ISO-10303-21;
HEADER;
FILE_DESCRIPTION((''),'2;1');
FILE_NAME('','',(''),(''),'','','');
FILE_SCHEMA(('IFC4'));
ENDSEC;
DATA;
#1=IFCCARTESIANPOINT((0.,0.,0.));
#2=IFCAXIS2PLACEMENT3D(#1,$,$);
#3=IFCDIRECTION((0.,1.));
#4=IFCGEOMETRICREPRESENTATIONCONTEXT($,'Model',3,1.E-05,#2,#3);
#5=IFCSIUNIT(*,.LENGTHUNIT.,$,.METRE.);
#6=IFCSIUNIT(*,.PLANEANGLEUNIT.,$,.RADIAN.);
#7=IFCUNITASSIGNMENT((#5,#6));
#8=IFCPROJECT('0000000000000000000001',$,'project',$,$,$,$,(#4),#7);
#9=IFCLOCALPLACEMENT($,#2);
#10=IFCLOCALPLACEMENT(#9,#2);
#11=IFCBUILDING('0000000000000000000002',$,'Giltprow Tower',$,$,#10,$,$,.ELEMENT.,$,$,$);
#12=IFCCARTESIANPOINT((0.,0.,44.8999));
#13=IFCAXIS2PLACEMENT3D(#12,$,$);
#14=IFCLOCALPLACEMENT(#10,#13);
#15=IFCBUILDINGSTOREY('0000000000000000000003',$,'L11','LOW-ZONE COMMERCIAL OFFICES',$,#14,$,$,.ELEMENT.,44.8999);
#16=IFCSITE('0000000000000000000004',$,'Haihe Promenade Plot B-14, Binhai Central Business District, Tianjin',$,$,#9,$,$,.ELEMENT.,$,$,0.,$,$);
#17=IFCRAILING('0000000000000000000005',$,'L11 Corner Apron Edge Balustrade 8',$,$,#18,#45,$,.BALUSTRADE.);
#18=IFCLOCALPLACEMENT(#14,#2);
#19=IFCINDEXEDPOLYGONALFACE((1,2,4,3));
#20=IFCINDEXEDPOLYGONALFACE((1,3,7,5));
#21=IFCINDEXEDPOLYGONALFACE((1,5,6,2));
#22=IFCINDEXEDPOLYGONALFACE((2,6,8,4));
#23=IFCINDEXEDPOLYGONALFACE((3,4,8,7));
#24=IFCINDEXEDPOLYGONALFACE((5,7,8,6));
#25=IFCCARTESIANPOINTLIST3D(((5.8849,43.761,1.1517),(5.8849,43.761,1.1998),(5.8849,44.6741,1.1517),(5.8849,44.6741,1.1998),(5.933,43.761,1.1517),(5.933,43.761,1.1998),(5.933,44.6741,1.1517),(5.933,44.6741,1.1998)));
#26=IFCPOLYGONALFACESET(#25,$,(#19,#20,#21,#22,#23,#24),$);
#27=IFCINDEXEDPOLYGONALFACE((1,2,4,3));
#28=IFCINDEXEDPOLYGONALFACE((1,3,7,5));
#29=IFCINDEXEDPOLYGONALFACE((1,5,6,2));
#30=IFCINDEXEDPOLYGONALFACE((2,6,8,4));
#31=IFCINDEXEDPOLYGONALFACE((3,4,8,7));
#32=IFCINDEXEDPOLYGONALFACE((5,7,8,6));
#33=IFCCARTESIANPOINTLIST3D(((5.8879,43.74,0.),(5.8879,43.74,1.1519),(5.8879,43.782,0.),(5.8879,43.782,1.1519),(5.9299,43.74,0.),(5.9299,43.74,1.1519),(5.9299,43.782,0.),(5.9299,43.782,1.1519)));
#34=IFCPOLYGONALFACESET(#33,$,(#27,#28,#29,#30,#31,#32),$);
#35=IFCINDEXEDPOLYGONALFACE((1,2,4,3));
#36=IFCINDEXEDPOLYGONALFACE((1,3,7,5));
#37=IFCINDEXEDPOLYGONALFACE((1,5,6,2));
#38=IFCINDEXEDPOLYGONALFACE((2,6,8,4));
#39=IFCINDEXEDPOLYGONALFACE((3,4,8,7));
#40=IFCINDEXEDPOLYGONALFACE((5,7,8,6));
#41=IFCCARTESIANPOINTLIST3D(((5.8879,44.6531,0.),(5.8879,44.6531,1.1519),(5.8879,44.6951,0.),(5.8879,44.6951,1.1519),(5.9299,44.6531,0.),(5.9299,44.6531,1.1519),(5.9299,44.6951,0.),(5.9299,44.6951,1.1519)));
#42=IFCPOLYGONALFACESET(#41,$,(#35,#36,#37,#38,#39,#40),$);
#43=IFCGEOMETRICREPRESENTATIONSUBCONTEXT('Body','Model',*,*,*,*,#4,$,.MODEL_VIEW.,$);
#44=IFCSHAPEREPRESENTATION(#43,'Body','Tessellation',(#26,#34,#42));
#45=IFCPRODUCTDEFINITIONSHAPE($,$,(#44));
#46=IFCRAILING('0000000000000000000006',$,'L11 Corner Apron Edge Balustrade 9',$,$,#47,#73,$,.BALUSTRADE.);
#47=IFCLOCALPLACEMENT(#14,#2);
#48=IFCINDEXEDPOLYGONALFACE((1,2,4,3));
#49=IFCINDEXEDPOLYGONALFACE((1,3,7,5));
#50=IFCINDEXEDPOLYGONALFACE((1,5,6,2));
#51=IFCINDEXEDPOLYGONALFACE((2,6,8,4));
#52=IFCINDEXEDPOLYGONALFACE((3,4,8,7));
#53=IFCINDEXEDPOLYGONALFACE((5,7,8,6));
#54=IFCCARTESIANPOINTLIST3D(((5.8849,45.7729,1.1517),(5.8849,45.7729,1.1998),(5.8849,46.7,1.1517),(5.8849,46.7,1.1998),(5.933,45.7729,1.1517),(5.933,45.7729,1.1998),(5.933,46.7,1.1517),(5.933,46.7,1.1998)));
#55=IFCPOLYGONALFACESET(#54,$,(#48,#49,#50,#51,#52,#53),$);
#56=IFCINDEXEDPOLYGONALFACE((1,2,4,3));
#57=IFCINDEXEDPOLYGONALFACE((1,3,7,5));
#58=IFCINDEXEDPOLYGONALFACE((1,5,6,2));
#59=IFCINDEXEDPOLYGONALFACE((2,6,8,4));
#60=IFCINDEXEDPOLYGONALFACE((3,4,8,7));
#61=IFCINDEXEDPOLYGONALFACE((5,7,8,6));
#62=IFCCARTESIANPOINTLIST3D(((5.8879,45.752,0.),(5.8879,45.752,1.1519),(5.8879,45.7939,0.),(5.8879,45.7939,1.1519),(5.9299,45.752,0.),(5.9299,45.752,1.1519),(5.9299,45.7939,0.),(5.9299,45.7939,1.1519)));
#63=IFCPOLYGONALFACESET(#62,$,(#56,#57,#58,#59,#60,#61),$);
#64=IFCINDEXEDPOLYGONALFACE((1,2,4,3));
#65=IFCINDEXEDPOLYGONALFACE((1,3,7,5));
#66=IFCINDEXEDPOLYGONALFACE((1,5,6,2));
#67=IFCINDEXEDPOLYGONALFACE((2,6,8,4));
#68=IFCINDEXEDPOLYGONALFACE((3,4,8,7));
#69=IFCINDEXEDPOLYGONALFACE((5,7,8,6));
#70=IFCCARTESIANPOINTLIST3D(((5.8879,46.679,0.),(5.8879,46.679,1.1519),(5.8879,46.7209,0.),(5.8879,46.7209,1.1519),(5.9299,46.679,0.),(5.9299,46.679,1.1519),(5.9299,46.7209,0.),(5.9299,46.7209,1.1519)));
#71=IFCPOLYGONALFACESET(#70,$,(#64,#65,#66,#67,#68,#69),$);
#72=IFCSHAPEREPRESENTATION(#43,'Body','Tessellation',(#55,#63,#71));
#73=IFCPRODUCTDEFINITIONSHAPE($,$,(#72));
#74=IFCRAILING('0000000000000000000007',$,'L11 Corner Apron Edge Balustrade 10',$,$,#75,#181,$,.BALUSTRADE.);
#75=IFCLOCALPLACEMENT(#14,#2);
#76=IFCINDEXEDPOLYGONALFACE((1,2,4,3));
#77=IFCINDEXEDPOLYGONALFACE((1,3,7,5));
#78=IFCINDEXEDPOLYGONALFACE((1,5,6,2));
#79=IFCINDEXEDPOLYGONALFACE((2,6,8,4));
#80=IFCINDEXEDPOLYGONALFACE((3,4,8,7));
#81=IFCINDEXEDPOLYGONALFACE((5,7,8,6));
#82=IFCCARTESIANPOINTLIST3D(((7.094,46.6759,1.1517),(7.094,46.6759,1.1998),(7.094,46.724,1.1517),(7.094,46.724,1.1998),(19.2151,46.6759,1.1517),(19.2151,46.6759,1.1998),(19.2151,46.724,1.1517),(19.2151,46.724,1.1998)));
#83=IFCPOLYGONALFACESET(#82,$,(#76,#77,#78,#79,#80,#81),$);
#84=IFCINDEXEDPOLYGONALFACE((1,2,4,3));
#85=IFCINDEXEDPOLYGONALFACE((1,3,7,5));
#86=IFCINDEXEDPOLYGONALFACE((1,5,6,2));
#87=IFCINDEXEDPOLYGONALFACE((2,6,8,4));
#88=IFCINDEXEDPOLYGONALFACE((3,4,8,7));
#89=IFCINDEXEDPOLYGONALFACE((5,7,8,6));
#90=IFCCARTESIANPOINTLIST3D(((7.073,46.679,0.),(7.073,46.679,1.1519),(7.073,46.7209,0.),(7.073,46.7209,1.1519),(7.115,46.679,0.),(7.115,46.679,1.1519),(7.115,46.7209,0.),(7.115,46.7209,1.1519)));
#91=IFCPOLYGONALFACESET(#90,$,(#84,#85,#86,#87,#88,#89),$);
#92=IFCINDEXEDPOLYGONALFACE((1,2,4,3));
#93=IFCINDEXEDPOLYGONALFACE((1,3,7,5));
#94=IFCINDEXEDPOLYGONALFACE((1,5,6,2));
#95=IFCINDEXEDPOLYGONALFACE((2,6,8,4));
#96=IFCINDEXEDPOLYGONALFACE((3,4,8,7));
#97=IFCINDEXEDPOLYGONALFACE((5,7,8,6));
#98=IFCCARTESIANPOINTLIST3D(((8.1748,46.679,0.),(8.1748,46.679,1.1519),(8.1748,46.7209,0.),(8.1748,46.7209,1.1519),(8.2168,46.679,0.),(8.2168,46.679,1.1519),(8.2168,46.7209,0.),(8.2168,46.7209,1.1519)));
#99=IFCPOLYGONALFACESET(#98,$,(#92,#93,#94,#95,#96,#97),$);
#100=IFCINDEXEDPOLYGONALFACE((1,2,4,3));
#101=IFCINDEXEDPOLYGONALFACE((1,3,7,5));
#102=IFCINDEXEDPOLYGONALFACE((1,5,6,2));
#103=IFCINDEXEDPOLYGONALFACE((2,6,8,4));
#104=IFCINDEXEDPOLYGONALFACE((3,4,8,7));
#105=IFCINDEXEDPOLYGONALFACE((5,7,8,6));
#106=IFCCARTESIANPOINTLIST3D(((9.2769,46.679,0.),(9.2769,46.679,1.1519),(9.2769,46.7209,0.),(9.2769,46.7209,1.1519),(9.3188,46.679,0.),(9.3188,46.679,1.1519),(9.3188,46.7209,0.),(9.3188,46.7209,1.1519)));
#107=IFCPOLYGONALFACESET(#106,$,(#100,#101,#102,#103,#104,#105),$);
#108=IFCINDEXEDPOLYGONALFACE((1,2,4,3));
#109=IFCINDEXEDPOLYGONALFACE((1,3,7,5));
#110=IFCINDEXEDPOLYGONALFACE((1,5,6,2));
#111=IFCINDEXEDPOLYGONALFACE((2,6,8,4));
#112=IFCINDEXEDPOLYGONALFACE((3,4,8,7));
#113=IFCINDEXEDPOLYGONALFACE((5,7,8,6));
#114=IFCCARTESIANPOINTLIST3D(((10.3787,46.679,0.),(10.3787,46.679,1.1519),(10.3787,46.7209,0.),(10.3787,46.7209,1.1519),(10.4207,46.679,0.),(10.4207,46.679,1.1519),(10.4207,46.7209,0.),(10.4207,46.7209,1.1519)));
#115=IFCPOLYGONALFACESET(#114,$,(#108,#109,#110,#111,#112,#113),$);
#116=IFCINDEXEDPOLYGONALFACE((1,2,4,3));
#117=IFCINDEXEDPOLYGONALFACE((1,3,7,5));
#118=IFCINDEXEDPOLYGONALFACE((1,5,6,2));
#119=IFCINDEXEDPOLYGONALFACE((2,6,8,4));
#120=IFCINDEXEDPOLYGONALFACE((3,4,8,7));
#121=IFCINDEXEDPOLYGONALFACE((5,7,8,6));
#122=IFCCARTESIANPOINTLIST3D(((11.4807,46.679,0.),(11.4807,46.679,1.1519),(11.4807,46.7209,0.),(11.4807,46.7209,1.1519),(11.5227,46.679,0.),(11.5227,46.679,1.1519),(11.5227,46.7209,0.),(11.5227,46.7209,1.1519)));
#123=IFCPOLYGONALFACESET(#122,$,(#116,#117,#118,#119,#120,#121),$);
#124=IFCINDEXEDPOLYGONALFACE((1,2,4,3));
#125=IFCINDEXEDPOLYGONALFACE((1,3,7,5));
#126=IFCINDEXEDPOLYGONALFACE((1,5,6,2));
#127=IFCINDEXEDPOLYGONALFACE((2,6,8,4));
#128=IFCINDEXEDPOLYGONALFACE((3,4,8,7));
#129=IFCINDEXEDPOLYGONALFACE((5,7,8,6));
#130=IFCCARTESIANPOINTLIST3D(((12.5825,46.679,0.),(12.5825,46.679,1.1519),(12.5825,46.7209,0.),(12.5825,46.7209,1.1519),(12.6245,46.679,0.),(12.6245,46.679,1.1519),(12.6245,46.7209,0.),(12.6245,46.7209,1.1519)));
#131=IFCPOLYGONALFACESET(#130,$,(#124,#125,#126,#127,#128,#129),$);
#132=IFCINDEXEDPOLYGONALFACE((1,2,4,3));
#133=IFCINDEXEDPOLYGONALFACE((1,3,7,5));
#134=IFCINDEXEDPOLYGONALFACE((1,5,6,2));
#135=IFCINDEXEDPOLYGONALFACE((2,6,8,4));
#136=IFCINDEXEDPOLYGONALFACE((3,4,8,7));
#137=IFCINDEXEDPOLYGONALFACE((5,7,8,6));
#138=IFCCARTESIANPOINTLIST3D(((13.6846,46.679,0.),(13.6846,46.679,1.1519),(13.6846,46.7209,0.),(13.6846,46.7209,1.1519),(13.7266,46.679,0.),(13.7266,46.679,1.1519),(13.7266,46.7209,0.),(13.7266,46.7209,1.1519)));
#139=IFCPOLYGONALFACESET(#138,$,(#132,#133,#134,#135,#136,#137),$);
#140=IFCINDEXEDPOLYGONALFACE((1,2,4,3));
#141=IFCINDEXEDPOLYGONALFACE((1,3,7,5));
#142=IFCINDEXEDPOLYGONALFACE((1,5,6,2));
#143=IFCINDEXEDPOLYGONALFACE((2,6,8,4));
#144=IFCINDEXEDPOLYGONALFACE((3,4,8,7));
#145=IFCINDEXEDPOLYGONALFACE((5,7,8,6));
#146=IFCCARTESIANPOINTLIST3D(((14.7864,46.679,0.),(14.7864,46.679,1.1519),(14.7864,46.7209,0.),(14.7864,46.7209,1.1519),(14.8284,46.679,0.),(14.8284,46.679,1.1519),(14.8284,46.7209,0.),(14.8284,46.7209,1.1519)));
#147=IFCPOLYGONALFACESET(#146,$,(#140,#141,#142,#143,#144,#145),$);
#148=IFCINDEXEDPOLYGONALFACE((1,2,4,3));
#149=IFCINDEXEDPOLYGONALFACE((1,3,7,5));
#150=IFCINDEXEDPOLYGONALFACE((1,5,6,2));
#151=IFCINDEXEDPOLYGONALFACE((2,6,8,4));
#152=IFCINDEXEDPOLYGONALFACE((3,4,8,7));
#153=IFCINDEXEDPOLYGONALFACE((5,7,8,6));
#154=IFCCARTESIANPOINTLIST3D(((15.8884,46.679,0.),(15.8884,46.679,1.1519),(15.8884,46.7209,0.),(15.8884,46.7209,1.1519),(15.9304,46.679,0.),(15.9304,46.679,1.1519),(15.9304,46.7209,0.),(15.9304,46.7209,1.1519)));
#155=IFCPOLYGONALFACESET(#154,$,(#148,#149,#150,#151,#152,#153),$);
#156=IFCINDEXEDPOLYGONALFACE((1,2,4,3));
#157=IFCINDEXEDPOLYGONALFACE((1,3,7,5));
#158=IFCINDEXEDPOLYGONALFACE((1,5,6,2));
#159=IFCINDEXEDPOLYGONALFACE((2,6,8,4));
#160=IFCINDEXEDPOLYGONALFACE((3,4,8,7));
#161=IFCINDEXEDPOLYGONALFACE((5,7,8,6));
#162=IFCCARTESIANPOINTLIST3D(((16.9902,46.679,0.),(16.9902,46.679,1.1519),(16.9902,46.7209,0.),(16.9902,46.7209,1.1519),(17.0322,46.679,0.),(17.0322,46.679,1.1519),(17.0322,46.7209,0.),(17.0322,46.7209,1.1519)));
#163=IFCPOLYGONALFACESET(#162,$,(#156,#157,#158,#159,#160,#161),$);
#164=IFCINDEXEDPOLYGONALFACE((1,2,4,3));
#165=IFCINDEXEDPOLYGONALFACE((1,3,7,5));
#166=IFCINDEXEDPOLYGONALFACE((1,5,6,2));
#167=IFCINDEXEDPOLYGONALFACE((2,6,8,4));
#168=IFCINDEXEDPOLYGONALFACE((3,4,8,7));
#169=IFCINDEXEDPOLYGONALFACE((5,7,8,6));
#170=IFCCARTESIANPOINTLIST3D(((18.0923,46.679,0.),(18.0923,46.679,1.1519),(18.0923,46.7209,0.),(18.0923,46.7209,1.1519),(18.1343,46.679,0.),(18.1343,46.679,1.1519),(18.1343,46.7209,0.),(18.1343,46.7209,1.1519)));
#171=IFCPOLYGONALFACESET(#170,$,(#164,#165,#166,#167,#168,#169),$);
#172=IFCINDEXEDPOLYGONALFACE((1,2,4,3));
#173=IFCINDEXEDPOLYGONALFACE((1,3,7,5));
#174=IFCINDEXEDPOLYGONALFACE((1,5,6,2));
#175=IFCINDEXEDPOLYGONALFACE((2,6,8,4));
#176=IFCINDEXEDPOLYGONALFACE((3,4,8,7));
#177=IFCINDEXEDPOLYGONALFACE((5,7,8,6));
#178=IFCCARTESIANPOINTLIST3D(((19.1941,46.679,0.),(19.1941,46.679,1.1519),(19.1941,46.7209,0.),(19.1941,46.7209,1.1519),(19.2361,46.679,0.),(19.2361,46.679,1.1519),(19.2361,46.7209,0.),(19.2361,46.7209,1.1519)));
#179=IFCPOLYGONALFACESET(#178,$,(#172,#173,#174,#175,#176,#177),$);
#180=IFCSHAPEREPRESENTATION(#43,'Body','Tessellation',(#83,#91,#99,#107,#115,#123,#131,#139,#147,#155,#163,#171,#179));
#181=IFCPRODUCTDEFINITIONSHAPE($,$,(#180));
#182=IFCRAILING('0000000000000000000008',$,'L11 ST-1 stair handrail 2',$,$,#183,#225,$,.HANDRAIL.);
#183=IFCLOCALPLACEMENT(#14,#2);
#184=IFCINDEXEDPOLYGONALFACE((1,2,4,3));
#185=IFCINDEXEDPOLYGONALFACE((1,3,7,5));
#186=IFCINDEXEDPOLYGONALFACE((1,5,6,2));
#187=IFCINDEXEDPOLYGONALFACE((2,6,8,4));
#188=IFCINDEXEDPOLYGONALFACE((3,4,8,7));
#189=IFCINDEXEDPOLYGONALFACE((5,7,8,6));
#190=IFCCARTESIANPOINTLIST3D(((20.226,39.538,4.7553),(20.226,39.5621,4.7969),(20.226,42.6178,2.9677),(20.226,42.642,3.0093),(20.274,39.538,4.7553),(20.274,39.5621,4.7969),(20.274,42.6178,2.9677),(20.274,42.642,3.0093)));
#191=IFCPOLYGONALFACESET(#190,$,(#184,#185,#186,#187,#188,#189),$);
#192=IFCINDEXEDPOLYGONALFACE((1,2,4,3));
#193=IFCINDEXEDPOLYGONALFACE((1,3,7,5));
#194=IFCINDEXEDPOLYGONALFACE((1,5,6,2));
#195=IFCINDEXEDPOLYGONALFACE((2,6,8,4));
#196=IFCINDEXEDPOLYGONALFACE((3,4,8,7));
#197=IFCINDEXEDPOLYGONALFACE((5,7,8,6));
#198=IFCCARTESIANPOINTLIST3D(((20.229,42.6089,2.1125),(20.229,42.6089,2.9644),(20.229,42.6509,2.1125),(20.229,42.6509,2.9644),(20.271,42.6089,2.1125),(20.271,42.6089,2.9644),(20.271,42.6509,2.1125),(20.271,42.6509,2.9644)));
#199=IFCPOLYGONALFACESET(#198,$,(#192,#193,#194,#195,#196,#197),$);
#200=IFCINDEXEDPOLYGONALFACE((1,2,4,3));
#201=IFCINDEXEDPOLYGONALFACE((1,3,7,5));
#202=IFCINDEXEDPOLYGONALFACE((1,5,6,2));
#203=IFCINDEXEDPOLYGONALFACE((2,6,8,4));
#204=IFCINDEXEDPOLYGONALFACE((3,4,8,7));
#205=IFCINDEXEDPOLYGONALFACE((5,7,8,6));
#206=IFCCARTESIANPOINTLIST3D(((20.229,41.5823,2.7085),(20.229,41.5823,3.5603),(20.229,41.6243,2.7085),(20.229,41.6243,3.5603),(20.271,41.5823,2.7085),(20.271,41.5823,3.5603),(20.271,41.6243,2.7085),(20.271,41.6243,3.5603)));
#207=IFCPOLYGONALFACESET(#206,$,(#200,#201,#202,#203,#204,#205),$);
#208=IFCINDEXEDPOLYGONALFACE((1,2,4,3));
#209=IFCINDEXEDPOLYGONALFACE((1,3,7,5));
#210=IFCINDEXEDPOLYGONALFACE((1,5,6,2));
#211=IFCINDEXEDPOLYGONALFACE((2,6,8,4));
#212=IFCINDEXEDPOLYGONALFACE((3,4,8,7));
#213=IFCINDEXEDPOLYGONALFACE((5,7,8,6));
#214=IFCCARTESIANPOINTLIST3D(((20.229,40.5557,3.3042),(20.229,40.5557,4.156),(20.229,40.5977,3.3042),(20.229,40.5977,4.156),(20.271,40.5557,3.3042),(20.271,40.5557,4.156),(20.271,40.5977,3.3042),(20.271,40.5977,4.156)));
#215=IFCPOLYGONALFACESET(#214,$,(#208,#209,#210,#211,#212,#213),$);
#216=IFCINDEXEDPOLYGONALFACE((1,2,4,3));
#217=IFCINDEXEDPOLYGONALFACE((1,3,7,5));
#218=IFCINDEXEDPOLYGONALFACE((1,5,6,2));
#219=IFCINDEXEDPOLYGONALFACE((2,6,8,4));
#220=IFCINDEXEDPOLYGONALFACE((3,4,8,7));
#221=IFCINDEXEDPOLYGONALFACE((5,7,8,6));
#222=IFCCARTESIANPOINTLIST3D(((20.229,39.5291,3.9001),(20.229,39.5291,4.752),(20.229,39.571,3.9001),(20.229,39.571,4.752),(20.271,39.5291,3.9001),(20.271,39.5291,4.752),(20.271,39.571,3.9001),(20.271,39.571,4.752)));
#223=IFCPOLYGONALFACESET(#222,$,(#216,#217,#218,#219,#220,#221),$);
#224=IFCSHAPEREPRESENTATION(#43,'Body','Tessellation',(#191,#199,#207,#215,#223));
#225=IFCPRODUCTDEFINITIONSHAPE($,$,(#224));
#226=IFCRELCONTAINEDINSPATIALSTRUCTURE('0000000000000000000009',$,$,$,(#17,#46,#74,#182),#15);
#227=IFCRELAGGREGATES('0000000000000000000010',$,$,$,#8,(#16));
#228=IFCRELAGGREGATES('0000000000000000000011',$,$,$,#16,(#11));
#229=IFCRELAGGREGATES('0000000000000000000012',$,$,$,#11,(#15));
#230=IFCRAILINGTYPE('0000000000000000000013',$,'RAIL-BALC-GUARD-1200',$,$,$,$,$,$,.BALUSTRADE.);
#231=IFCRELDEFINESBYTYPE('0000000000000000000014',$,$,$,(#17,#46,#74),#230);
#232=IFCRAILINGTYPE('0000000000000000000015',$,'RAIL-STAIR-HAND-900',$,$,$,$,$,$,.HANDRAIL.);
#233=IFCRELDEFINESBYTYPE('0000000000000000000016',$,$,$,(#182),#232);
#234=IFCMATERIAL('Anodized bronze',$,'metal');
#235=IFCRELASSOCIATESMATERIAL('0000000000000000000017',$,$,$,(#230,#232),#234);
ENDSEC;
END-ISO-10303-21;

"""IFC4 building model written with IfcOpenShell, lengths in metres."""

from ifc_helpers import new_model, si_unit, direction, frame, origin, origin_2d, place, context, subcontext, project, spatial, rectangle, extrude, material, type_object, element, save


model = new_model("IFC4")

# Units and contexts
model_context = context("Model", 3, precision=1e-05, world=origin(), true_north=direction((0.0, 1.0)))
body_context = subcontext(model_context, "Body", "Model", "MODEL_VIEW")
ifc_project = project(units=[si_unit("LENGTHUNIT", "METRE"), si_unit("PLANEANGLEUNIT", "RADIAN")], contexts=[model_context])

# Site, building, storey
site_placement = place(None, origin())
site = spatial("IfcSite", under=ifc_project, at=site_placement, Name="Haihe Promenade Plot B-14, Binhai Central Business District, Tianjin", CompositionType="ELEMENT", RefElevation=0.0)
building_placement = place(site_placement, origin())
building = spatial("IfcBuilding", under=site, at=building_placement, Name="Giltprow Tower", CompositionType="ELEMENT")
storey_placement = place(building_placement, frame((0.0, 0.0, 44.8999)))
storey = spatial("IfcBuildingStorey", under=building, at=storey_placement, Name="L11", Description="LOW-ZONE COMMERCIAL OFFICES", CompositionType="ELEMENT", Elevation=44.8999)

# Railings
ifc_material_1 = material(Name="Anodized bronze", Category="metal")
railing_type_1 = type_object("IfcRailingType", Name="RAIL-BALC-GUARD-1200", PredefinedType="BALUSTRADE", material=ifc_material_1)
railing_1_placement = place(storey_placement, frame((5.9089, 43.761, 0.0)))
element("IfcRailing", 1, at=railing_1_placement, inside=storey, type_object=railing_type_1, Name="L11 Corner Apron Edge Balustrade 8", PredefinedType="BALUSTRADE", context=body_context, shape_type="SweptSolid", body=[
    extrude(rectangle(XDim=0.0481, YDim=0.0481, at=origin_2d()), frame((0.0, 0.0, 1.1758), z_axis=(0.0, 1.0, 0.0), x_axis=(-1.0, 0.0, 0.0)), (0.0, 0.0, 1.0), 0.9131),
    extrude(rectangle(XDim=0.042, YDim=0.042, at=origin_2d()), origin(), (0.0, 0.0, 1.0), 1.1519),
    extrude(rectangle(XDim=0.042, YDim=0.042, at=origin_2d()), frame((0.0, 0.9131, 0.0)), (0.0, 0.0, 1.0), 1.1519),
])
railing_2_placement = place(storey_placement, frame((5.9089, 45.7729, 0.0)))
element("IfcRailing", 2, at=railing_2_placement, inside=storey, type_object=railing_type_1, Name="L11 Corner Apron Edge Balustrade 9", PredefinedType="BALUSTRADE", context=body_context, shape_type="SweptSolid", body=[
    extrude(rectangle(XDim=0.0481, YDim=0.0481, at=origin_2d()), frame((0.0, 0.0, 1.1758), z_axis=(0.0, 1.0, 0.0), x_axis=(-1.0, 0.0, 0.0)), (0.0, 0.0, 1.0), 0.927),
    extrude(rectangle(XDim=0.042, YDim=0.042, at=origin_2d()), origin(), (0.0, 0.0, 1.0), 1.1519),
    extrude(rectangle(XDim=0.042, YDim=0.042, at=origin_2d()), frame((0.0, 0.927, 0.0)), (0.0, 0.0, 1.0), 1.1519),
])
railing_3_placement = place(storey_placement, frame((7.094, 46.7, 0.0)))
element("IfcRailing", 3, at=railing_3_placement, inside=storey, type_object=railing_type_1, Name="L11 Corner Apron Edge Balustrade 10", PredefinedType="BALUSTRADE", context=body_context, shape_type="SweptSolid", body=[
    extrude(rectangle(XDim=0.0481, YDim=0.0481, at=origin_2d()), frame((0.0, 0.0, 1.1758), z_axis=(1.0, 0.0, 0.0), x_axis=(0.0, 1.0, 0.0)), (0.0, 0.0, 1.0), 12.1211),
    extrude(rectangle(XDim=0.042, YDim=0.042, at=origin_2d()), origin(), (0.0, 0.0, 1.0), 1.1519),
    extrude(rectangle(XDim=0.042, YDim=0.042, at=origin_2d()), frame((1.1018, 0.0, 0.0)), (0.0, 0.0, 1.0), 1.1519),
    extrude(rectangle(XDim=0.042, YDim=0.042, at=origin_2d()), frame((2.2039, 0.0, 0.0)), (0.0, 0.0, 1.0), 1.1519),
    extrude(rectangle(XDim=0.042, YDim=0.042, at=origin_2d()), frame((3.3057, 0.0, 0.0)), (0.0, 0.0, 1.0), 1.1519),
    extrude(rectangle(XDim=0.042, YDim=0.042, at=origin_2d()), frame((4.4077, 0.0, 0.0)), (0.0, 0.0, 1.0), 1.1519),
    extrude(rectangle(XDim=0.042, YDim=0.042, at=origin_2d()), frame((5.5095, 0.0, 0.0)), (0.0, 0.0, 1.0), 1.1519),
    extrude(rectangle(XDim=0.042, YDim=0.042, at=origin_2d()), frame((6.6116, 0.0, 0.0)), (0.0, 0.0, 1.0), 1.1519),
    extrude(rectangle(XDim=0.042, YDim=0.042, at=origin_2d()), frame((7.7134, 0.0, 0.0)), (0.0, 0.0, 1.0), 1.1519),
    extrude(rectangle(XDim=0.042, YDim=0.042, at=origin_2d()), frame((8.8154, 0.0, 0.0)), (0.0, 0.0, 1.0), 1.1519),
    extrude(rectangle(XDim=0.042, YDim=0.042, at=origin_2d()), frame((9.9172, 0.0, 0.0)), (0.0, 0.0, 1.0), 1.1519),
    extrude(rectangle(XDim=0.042, YDim=0.042, at=origin_2d()), frame((11.0193, 0.0, 0.0)), (0.0, 0.0, 1.0), 1.1519),
    extrude(rectangle(XDim=0.042, YDim=0.042, at=origin_2d()), frame((12.1211, 0.0, 0.0)), (0.0, 0.0, 1.0), 1.1519),
])
railing_type_2 = type_object("IfcRailingType", Name="RAIL-STAIR-HAND-900", PredefinedType="HANDRAIL", material=ifc_material_1)
railing_4_placement = place(storey_placement, frame((20.25, 42.6299, 2.1125)))
element("IfcRailing", 4, at=railing_4_placement, inside=storey, type_object=railing_type_2, Name="L11 ST-1 stair handrail 2", PredefinedType="HANDRAIL", context=body_context, shape_type="SweptSolid", body=[
    extrude(rectangle(XDim=0.0481, YDim=0.0481, at=origin_2d()), frame((0.0, 0.0, 0.876), z_axis=(0.0, -0.864873, 0.50199), x_axis=(1.0, 0.0, 0.0)), (0.0, 0.0, 1.0), 3.561),
    extrude(rectangle(XDim=0.042, YDim=0.042, at=origin_2d()), origin(), (0.0, 0.0, 1.0), 0.8518),
    extrude(rectangle(XDim=0.042, YDim=0.042, at=origin_2d()), frame((0.0, -1.0266, 0.5959)), (0.0, 0.0, 1.0), 0.8518),
    extrude(rectangle(XDim=0.042, YDim=0.042, at=origin_2d()), frame((0.0, -2.0532, 1.1917)), (0.0, 0.0, 1.0), 0.8518),
    extrude(rectangle(XDim=0.042, YDim=0.042, at=origin_2d()), frame((0.0, -3.0798, 1.7876)), (0.0, 0.0, 1.0), 0.8518),
])

save(model, "model.ifc")
